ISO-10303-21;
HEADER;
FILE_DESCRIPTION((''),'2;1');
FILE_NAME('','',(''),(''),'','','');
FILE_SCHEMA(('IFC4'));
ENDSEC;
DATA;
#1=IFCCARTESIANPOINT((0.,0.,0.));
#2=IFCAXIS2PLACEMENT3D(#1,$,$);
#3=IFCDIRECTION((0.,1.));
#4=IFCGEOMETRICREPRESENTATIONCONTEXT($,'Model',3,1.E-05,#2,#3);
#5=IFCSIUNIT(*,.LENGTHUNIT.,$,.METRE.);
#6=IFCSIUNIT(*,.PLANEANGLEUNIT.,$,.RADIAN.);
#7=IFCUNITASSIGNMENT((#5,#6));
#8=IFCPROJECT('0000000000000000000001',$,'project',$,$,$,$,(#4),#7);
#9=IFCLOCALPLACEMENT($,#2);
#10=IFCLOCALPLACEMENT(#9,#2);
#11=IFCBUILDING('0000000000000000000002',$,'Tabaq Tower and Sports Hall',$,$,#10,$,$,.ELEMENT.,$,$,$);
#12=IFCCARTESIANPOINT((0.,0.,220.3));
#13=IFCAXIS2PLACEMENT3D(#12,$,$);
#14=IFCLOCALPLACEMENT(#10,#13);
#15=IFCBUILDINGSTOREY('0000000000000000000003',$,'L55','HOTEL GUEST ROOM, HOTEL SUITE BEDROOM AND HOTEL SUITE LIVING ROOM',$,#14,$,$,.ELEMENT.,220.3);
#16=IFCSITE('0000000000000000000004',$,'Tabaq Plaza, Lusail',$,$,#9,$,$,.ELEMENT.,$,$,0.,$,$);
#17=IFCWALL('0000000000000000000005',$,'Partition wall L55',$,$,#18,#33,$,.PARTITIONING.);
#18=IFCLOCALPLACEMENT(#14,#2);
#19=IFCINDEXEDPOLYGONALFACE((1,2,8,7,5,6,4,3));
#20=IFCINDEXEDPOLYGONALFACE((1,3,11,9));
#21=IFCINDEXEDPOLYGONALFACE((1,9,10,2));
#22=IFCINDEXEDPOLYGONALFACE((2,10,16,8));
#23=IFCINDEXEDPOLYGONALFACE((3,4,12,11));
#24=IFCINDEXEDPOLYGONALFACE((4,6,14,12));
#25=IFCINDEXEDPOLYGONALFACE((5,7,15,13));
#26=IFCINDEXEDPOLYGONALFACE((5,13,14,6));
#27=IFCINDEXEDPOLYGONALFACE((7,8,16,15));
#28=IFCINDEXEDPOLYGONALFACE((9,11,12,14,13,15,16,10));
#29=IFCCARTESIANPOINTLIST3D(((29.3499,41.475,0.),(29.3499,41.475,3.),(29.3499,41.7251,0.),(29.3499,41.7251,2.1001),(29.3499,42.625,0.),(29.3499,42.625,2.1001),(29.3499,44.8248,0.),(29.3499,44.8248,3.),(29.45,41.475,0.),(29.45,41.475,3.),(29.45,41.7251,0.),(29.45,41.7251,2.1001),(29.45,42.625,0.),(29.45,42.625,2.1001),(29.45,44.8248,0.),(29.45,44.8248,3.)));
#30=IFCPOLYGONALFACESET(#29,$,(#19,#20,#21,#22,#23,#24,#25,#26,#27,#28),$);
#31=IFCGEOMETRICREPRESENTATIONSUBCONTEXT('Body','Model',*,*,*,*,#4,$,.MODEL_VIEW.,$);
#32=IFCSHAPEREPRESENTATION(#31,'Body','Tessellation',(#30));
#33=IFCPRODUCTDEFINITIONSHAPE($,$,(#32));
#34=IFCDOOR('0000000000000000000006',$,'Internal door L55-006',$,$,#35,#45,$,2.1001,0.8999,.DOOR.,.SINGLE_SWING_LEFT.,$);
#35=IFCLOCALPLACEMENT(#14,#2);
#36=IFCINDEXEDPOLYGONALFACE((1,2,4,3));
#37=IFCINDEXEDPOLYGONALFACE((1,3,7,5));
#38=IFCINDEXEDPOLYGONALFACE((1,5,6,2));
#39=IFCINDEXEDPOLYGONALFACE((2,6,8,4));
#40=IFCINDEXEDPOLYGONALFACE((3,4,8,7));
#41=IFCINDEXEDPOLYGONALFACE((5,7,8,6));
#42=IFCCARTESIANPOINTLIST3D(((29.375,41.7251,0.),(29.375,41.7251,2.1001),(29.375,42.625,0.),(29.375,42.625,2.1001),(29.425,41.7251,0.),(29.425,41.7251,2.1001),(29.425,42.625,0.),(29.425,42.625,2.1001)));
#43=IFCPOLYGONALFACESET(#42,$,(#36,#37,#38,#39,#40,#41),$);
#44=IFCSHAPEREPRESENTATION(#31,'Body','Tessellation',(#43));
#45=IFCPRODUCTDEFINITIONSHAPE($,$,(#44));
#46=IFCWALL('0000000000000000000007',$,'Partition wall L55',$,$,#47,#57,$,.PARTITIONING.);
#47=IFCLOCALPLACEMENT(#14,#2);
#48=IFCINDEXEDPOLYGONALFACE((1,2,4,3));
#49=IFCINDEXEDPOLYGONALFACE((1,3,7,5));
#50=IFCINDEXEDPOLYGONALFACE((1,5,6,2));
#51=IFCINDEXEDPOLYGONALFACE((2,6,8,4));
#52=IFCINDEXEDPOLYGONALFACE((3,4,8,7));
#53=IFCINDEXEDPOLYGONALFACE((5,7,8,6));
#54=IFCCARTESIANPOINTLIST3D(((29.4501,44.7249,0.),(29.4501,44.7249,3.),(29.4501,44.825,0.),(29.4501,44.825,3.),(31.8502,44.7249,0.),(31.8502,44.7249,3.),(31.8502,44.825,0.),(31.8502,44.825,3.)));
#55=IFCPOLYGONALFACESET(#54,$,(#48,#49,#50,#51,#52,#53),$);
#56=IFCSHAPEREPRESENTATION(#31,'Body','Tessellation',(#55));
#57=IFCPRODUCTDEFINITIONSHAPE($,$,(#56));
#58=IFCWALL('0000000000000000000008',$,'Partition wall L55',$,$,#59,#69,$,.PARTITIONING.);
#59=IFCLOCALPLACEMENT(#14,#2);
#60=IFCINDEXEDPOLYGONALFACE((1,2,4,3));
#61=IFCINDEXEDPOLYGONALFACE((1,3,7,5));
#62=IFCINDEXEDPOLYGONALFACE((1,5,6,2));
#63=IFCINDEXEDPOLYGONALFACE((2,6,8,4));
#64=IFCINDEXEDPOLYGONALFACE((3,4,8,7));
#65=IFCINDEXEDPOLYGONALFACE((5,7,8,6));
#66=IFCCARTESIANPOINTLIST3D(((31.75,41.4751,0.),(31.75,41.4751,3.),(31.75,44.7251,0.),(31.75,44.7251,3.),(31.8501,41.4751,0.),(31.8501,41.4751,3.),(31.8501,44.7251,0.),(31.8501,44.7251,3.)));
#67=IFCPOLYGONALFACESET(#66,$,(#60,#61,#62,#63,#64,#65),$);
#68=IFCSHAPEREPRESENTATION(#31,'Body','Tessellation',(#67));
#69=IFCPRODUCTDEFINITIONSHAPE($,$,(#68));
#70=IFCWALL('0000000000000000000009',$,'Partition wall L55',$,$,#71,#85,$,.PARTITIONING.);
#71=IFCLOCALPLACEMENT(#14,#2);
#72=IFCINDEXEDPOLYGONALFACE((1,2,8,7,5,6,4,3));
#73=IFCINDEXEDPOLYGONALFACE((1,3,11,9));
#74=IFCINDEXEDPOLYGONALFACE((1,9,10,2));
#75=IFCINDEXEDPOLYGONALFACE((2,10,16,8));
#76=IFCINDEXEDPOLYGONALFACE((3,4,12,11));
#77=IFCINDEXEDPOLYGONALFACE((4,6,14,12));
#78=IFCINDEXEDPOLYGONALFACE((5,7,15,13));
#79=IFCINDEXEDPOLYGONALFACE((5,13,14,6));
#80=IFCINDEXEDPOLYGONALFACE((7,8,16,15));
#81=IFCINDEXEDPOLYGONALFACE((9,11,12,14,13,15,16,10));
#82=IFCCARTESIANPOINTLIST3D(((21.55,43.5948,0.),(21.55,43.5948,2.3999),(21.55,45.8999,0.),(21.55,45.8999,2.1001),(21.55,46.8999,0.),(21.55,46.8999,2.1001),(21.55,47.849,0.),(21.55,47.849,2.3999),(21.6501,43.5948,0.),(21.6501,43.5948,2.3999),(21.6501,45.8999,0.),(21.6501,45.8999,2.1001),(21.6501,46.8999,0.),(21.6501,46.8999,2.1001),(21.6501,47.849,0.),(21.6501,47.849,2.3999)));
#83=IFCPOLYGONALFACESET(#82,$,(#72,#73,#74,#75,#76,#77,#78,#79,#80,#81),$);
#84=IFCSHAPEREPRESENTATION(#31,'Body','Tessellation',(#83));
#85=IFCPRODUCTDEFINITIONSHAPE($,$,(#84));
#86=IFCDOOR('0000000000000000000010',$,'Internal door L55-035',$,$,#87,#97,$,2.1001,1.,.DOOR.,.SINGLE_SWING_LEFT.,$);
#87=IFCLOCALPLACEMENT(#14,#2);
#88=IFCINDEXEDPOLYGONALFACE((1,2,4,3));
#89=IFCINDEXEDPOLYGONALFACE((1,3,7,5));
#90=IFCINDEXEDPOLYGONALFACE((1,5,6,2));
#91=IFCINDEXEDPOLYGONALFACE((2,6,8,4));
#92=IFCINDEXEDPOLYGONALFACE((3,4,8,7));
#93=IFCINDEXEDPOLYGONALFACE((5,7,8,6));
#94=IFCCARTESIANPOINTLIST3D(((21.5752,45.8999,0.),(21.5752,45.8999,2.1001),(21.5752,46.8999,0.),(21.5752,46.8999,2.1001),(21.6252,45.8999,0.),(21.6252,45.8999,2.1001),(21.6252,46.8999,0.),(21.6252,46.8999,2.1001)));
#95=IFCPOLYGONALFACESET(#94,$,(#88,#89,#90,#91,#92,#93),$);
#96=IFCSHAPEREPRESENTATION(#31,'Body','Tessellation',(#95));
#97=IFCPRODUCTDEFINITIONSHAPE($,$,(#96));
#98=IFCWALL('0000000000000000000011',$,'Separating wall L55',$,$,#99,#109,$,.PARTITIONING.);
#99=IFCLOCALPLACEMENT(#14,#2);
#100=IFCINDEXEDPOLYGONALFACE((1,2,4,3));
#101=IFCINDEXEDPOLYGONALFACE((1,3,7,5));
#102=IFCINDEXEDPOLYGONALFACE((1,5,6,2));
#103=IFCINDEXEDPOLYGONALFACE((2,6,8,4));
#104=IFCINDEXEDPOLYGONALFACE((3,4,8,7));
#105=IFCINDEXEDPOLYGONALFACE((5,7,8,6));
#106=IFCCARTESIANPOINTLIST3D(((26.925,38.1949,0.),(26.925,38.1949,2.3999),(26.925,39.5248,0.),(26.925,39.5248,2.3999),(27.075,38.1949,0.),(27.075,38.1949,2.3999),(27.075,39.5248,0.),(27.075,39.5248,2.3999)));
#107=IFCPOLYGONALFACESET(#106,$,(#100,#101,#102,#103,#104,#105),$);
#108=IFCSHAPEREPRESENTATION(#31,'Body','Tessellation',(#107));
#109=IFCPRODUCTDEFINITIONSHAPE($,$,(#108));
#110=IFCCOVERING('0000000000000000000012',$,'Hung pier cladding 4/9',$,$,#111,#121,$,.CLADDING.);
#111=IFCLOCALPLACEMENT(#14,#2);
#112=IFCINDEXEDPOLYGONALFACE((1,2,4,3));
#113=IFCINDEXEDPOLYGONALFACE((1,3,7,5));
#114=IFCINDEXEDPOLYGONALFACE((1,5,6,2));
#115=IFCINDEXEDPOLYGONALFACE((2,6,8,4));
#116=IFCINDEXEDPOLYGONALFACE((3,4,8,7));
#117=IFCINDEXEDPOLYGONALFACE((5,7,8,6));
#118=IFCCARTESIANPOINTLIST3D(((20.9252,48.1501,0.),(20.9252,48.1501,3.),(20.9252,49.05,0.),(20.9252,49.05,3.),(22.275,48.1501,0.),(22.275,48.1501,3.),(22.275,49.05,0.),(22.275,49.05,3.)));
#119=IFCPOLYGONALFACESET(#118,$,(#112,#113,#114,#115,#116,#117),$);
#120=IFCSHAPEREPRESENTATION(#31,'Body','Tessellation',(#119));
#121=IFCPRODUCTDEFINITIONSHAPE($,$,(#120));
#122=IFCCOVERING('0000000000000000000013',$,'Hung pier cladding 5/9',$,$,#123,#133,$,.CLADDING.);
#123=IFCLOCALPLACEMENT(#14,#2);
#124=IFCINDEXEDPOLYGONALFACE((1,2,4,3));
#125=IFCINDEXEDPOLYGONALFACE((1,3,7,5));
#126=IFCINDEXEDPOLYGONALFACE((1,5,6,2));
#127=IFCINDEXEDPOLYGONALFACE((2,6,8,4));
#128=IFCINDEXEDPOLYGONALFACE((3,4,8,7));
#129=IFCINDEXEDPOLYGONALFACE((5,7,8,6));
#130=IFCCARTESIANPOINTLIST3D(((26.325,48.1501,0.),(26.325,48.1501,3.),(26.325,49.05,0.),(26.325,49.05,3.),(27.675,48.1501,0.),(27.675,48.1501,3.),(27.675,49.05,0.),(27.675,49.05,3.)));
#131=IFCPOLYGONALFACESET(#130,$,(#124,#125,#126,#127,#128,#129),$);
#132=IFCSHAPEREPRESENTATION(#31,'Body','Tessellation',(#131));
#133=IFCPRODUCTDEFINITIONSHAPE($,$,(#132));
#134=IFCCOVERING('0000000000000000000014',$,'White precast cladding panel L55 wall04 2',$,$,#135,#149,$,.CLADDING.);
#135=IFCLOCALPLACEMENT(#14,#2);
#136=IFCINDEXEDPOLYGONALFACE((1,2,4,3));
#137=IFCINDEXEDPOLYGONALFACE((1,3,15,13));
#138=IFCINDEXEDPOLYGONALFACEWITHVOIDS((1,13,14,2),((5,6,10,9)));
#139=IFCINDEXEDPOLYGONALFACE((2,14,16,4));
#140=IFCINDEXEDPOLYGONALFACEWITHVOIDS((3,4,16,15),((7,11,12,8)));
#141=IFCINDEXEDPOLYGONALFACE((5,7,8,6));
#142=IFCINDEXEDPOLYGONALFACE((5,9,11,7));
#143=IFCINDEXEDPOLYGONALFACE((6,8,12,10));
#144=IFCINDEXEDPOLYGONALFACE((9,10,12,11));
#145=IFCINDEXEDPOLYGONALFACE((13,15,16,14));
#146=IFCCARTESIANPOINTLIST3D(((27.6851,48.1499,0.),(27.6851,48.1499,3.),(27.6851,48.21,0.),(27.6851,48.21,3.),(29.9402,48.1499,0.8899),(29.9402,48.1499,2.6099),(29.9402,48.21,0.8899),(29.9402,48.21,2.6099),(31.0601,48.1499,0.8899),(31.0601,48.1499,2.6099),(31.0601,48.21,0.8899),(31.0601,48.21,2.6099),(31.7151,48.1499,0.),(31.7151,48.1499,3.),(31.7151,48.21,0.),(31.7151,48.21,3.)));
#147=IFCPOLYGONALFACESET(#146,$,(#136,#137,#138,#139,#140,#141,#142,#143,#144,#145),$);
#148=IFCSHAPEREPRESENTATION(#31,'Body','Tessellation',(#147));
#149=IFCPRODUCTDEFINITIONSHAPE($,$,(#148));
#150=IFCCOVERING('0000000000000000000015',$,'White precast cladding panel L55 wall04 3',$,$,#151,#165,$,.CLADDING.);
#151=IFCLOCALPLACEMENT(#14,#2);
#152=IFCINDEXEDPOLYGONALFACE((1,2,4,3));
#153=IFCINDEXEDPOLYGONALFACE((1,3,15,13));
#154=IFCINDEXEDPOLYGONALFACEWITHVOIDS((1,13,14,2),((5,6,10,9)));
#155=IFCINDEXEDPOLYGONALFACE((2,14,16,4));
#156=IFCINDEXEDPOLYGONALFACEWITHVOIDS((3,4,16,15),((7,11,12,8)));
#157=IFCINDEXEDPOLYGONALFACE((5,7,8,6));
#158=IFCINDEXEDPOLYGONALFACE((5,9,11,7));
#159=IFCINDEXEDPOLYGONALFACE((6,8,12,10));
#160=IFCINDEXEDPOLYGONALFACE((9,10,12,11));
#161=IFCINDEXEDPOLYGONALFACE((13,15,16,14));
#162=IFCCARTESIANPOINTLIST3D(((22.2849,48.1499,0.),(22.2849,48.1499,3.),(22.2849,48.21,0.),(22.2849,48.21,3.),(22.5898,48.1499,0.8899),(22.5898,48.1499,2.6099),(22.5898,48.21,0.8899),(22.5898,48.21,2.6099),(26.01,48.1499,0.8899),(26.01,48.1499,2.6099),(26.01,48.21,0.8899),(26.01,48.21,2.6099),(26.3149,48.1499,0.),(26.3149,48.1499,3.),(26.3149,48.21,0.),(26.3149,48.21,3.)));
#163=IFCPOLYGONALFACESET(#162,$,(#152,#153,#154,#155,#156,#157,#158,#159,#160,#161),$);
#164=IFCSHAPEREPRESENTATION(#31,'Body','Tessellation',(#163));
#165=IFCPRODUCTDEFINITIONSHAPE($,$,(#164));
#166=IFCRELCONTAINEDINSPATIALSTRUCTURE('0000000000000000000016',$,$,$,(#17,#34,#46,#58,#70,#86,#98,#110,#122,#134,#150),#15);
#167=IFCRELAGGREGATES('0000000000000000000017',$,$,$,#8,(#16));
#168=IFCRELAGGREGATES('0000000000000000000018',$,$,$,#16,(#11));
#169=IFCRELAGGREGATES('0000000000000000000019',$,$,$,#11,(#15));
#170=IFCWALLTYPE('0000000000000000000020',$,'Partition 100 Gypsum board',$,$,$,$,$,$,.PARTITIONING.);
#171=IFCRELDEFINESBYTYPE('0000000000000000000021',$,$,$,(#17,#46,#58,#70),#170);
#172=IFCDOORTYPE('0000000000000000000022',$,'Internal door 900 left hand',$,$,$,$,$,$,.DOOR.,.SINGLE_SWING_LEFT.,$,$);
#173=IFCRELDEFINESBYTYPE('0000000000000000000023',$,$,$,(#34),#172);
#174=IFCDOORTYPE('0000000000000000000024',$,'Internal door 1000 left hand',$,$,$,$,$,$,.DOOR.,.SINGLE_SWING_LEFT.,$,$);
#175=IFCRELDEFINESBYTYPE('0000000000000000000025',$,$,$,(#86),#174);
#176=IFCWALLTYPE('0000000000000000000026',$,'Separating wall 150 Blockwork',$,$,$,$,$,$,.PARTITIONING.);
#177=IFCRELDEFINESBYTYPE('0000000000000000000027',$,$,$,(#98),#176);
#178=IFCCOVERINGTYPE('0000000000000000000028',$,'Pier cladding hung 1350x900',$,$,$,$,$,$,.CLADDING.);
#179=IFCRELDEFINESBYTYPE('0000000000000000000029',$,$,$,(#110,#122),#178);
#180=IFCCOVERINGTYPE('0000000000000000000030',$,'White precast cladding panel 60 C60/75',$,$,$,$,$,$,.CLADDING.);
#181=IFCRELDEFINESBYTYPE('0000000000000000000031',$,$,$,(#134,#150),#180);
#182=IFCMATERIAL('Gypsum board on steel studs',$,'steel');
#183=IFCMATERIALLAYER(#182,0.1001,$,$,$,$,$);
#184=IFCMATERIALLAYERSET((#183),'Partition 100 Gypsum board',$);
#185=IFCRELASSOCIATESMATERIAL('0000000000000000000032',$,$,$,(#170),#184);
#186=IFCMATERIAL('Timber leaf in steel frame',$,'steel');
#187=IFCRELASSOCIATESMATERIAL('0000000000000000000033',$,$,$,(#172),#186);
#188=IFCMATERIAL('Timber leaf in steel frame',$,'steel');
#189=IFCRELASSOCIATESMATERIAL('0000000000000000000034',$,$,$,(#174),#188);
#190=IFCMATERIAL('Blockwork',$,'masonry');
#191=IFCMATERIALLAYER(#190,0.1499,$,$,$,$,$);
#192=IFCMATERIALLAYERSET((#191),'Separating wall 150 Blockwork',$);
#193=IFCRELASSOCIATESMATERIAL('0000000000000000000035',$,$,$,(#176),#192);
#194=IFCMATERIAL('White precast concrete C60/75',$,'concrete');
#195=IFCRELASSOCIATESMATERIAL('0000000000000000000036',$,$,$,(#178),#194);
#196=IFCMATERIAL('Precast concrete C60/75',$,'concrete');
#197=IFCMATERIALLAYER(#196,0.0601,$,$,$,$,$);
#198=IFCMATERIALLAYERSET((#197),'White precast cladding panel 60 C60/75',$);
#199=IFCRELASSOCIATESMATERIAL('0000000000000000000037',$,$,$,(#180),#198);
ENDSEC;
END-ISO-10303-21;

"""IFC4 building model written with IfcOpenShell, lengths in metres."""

from ifc_helpers import new_model, si_unit, direction, frame, frame_2d, origin, place, context, subcontext, project, spatial, polyline, rectangle, outline, extrude, material, layer, layer_set, type_object, element, fill, save


model = new_model("IFC4")

# Units and contexts
model_context = context("Model", 3, precision=1e-05, world=origin(), true_north=direction((0.0, 1.0)))
body_context = subcontext(model_context, "Body", "Model", "MODEL_VIEW")
ifc_project = project(units=[si_unit("LENGTHUNIT", "METRE"), si_unit("PLANEANGLEUNIT", "RADIAN")], contexts=[model_context])

# Site, building, storey
site_placement = place(None, origin())
site = spatial("IfcSite", under=ifc_project, at=site_placement, Name="Tabaq Plaza, Lusail", CompositionType="ELEMENT", RefElevation=0.0)
building_placement = place(site_placement, origin())
building = spatial("IfcBuilding", under=site, at=building_placement, Name="Tabaq Tower and Sports Hall", CompositionType="ELEMENT")
storey_placement = place(building_placement, frame((0.0, 0.0, 220.3)))
storey = spatial("IfcBuildingStorey", under=building, at=storey_placement, Name="L55", Description="HOTEL GUEST ROOM, HOTEL SUITE BEDROOM AND HOTEL SUITE LIVING ROOM", CompositionType="ELEMENT", Elevation=220.3)

# Shared definitions
ifc_material_1 = material(Name="Gypsum board on steel studs", Category="steel")
ifc_layer_1 = layer(ifc_material_1, 0.1001)
ifc_layer_set_1 = layer_set([ifc_layer_1], Name="Partition 100 Gypsum board")
wall_type_1 = type_object("IfcWallType", Name="Partition 100 Gypsum board", PredefinedType="PARTITIONING", material=ifc_layer_set_1)

# Shared definitions
ifc_material_2 = material(Name="Timber leaf in steel frame", Category="steel")
door_type_1 = type_object("IfcDoorType", Name="Internal door 900 left hand", OperationType="SINGLE_SWING_LEFT", PredefinedType="DOOR", material=ifc_material_2)
ifc_material_3 = material(Name="Timber leaf in steel frame", Category="steel")
door_type_2 = type_object("IfcDoorType", Name="Internal door 1000 left hand", OperationType="SINGLE_SWING_LEFT", PredefinedType="DOOR", material=ifc_material_3)

# Wall, opening, door
wall_1_placement = place(storey_placement, frame((29.3999, 41.4751, 0.0), z_axis=(0.0, 0.0, 1.0), x_axis=(0.0, 1.0, 0.0)))
wall_1 = element("IfcWall", 1, at=wall_1_placement, inside=storey, type_object=wall_type_1, Name="Partition wall L55", PredefinedType="PARTITIONING", context=body_context, shape_type="SweptSolid", body=[
    extrude(rectangle(XDim=3.3499, YDim=0.1001, at=frame_2d((1.6748, 0.0))), origin(), (0.0, 0.0, 1.0), 3.0),
])
opening_1_placement = place(wall_1_placement, frame((0.25, 0.0, 0.0)))
opening_1 = element("IfcOpeningElement", 2, at=opening_1_placement, cuts=wall_1, PredefinedType="OPENING", context=body_context, shape_type="SweptSolid", body=[
    extrude(rectangle(XDim=0.8999, YDim=2.1001, at=frame_2d((0.45, 1.05))), frame((0.0, 0.05, 0.0), z_axis=(0.0, -1.0, 0.0), x_axis=(1.0, 0.0, 0.0)), (0.0, 0.0, 1.0), 0.1001),
])
door_1_placement = place(opening_1_placement, origin())
door_1 = element("IfcDoor", 3, at=door_1_placement, inside=storey, type_object=door_type_1, Name="Internal door L55-006", OperationType="SINGLE_SWING_LEFT", OverallHeight=2.1001, OverallWidth=0.8999, PredefinedType="DOOR", context=body_context, shape_type="SweptSolid", body=[
    extrude(rectangle(XDim=0.8999, YDim=2.1001, at=frame_2d((0.45, 1.05))), frame((0.0, 0.0249, 0.0), z_axis=(0.0, -1.0, 0.0), x_axis=(1.0, 0.0, 0.0)), (0.0, 0.0, 1.0), 0.05),
])
fill(opening_1, door_1)

# Walls
wall_2_placement = place(storey_placement, frame((29.45, 44.7749, 0.0), z_axis=(0.0, 0.0, 1.0), x_axis=(1.0, 0.0, 0.0)))
element("IfcWall", 4, at=wall_2_placement, inside=storey, type_object=wall_type_1, Name="Partition wall L55", PredefinedType="PARTITIONING", context=body_context, shape_type="SweptSolid", body=[
    extrude(rectangle(XDim=2.4001, YDim=0.1001, at=frame_2d((1.2002, 0.0))), origin(), (0.0, 0.0, 1.0), 3.0),
])
wall_3_placement = place(storey_placement, frame((31.8, 44.7251, 0.0), z_axis=(0.0, 0.0, 1.0), x_axis=(0.0, -1.0, 0.0)))
element("IfcWall", 5, at=wall_3_placement, inside=storey, type_object=wall_type_1, Name="Partition wall L55", PredefinedType="PARTITIONING", context=body_context, shape_type="SweptSolid", body=[
    extrude(rectangle(XDim=3.25, YDim=0.1001, at=frame_2d((1.625, 0.0))), origin(), (0.0, 0.0, 1.0), 3.0),
])

# Wall, opening, door
wall_4_placement = place(storey_placement, frame((21.6001, 43.595, 0.0), z_axis=(0.0, 0.0, 1.0), x_axis=(0.0, 1.0, 0.0)))
wall_4 = element("IfcWall", 6, at=wall_4_placement, inside=storey, type_object=wall_type_1, Name="Partition wall L55", PredefinedType="PARTITIONING", context=body_context, shape_type="SweptSolid", body=[
    extrude(rectangle(XDim=4.2542, YDim=0.1001, at=frame_2d((2.127, 0.0))), origin(), (0.0, 0.0, 1.0), 2.3999),
])
opening_2_placement = place(wall_4_placement, frame((2.3049, 0.0, 0.0)))
opening_2 = element("IfcOpeningElement", 7, at=opening_2_placement, cuts=wall_4, PredefinedType="OPENING", context=body_context, shape_type="SweptSolid", body=[
    extrude(rectangle(XDim=1.0, YDim=2.1001, at=frame_2d((0.5, 1.05))), frame((0.0, 0.05, 0.0), z_axis=(0.0, -1.0, 0.0), x_axis=(1.0, 0.0, 0.0)), (0.0, 0.0, 1.0), 0.1001),
])
door_2_placement = place(opening_2_placement, origin())
door_2 = element("IfcDoor", 8, at=door_2_placement, inside=storey, type_object=door_type_2, Name="Internal door L55-035", OperationType="SINGLE_SWING_LEFT", OverallHeight=2.1001, OverallWidth=1.0, PredefinedType="DOOR", context=body_context, shape_type="SweptSolid", body=[
    extrude(rectangle(XDim=1.0, YDim=2.1001, at=frame_2d((0.5, 1.05))), frame((0.0, 0.0249, 0.0), z_axis=(0.0, -1.0, 0.0), x_axis=(1.0, 0.0, 0.0)), (0.0, 0.0, 1.0), 0.05),
])
fill(opening_2, door_2)

# Wall
ifc_material_4 = material(Name="Blockwork", Category="masonry")
ifc_layer_2 = layer(ifc_material_4, 0.1499)
ifc_layer_set_2 = layer_set([ifc_layer_2], Name="Separating wall 150 Blockwork")
wall_type_2 = type_object("IfcWallType", Name="Separating wall 150 Blockwork", PredefinedType="PARTITIONING", material=ifc_layer_set_2)
wall_5_placement = place(storey_placement, frame((27.0, 39.5249, 0.0), z_axis=(0.0, 0.0, 1.0), x_axis=(0.0, -1.0, 0.0)))
element("IfcWall", 9, at=wall_5_placement, inside=storey, type_object=wall_type_2, Name="Separating wall L55", PredefinedType="PARTITIONING", context=body_context, shape_type="SweptSolid", body=[
    extrude(rectangle(XDim=1.3298, YDim=0.1499, at=frame_2d((0.665, 0.0))), origin(), (0.0, 0.0, 1.0), 2.3999),
])

# Coverings
ifc_material_5 = material(Name="White precast concrete C60/75", Category="concrete")
covering_type_1 = type_object("IfcCoveringType", Name="Pier cladding hung 1350x900", PredefinedType="CLADDING", material=ifc_material_5)
covering_1_placement = place(storey_placement, frame((22.2749, 48.6001, 0.0), z_axis=(0.0, 0.0, 1.0), x_axis=(-1.0, 0.0, 0.0)))
element("IfcCovering", 10, at=covering_1_placement, inside=storey, type_object=covering_type_1, Name="Hung pier cladding 4/9", PredefinedType="CLADDING", context=body_context, shape_type="SweptSolid", body=[
    extrude(rectangle(XDim=1.3499, YDim=0.8999, at=frame_2d((0.6748, 0.0))), origin(), (0.0, 0.0, 1.0), 3.0),
])
covering_2_placement = place(storey_placement, frame((27.675, 48.6001, 0.0), z_axis=(0.0, 0.0, 1.0), x_axis=(-1.0, 0.0, 0.0)))
element("IfcCovering", 11, at=covering_2_placement, inside=storey, type_object=covering_type_1, Name="Hung pier cladding 5/9", PredefinedType="CLADDING", context=body_context, shape_type="SweptSolid", body=[
    extrude(rectangle(XDim=1.3501, YDim=0.8999, at=frame_2d((0.675, 0.0))), origin(), (0.0, 0.0, 1.0), 3.0),
])
ifc_material_6 = material(Name="Precast concrete C60/75", Category="concrete")
ifc_layer_3 = layer(ifc_material_6, 0.0601)
ifc_layer_set_3 = layer_set([ifc_layer_3], Name="White precast cladding panel 60 C60/75")
covering_type_2 = type_object("IfcCoveringType", Name="White precast cladding panel 60 C60/75", PredefinedType="CLADDING", material=ifc_layer_set_3)
covering_3_placement = place(storey_placement, frame((31.7151, 48.1799, 0.0), z_axis=(0.0, 0.0, 1.0), x_axis=(-1.0, 0.0, 0.0)))
element("IfcCovering", 12, at=covering_3_placement, inside=storey, type_object=covering_type_2, Name="White precast cladding panel L55 wall04 2", PredefinedType="CLADDING", context=body_context, shape_type="SweptSolid", body=[
    extrude(outline(polyline([(0.0, 0.0), (4.03, 0.0), (4.03, 3.0), (0.0, 3.0), (0.0, 0.0)]), holes=[polyline([(0.655, 0.8899), (0.655, 2.6099), (1.7749, 2.6099), (1.7749, 0.8899), (0.655, 0.8899)])]), frame((0.0, 0.03, 0.0), z_axis=(0.0, -1.0, 0.0), x_axis=(1.0, 0.0, 0.0)), (0.0, 0.0, 1.0), 0.0601),
])
covering_4_placement = place(storey_placement, frame((26.3149, 48.1799, 0.0), z_axis=(0.0, 0.0, 1.0), x_axis=(-1.0, 0.0, 0.0)))
element("IfcCovering", 13, at=covering_4_placement, inside=storey, type_object=covering_type_2, Name="White precast cladding panel L55 wall04 3", PredefinedType="CLADDING", context=body_context, shape_type="SweptSolid", body=[
    extrude(outline(polyline([(0.0, 0.0), (4.03, 0.0), (4.03, 3.0), (0.0, 3.0), (0.0, 0.0)]), holes=[polyline([(0.3049, 0.8899), (0.3049, 2.6099), (3.7251, 2.6099), (3.7251, 0.8899), (0.3049, 0.8899)])]), frame((0.0, 0.03, 0.0), z_axis=(0.0, -1.0, 0.0), x_axis=(1.0, 0.0, 0.0)), (0.0, 0.0, 1.0), 0.0601),
])

save(model, "model.ifc")
